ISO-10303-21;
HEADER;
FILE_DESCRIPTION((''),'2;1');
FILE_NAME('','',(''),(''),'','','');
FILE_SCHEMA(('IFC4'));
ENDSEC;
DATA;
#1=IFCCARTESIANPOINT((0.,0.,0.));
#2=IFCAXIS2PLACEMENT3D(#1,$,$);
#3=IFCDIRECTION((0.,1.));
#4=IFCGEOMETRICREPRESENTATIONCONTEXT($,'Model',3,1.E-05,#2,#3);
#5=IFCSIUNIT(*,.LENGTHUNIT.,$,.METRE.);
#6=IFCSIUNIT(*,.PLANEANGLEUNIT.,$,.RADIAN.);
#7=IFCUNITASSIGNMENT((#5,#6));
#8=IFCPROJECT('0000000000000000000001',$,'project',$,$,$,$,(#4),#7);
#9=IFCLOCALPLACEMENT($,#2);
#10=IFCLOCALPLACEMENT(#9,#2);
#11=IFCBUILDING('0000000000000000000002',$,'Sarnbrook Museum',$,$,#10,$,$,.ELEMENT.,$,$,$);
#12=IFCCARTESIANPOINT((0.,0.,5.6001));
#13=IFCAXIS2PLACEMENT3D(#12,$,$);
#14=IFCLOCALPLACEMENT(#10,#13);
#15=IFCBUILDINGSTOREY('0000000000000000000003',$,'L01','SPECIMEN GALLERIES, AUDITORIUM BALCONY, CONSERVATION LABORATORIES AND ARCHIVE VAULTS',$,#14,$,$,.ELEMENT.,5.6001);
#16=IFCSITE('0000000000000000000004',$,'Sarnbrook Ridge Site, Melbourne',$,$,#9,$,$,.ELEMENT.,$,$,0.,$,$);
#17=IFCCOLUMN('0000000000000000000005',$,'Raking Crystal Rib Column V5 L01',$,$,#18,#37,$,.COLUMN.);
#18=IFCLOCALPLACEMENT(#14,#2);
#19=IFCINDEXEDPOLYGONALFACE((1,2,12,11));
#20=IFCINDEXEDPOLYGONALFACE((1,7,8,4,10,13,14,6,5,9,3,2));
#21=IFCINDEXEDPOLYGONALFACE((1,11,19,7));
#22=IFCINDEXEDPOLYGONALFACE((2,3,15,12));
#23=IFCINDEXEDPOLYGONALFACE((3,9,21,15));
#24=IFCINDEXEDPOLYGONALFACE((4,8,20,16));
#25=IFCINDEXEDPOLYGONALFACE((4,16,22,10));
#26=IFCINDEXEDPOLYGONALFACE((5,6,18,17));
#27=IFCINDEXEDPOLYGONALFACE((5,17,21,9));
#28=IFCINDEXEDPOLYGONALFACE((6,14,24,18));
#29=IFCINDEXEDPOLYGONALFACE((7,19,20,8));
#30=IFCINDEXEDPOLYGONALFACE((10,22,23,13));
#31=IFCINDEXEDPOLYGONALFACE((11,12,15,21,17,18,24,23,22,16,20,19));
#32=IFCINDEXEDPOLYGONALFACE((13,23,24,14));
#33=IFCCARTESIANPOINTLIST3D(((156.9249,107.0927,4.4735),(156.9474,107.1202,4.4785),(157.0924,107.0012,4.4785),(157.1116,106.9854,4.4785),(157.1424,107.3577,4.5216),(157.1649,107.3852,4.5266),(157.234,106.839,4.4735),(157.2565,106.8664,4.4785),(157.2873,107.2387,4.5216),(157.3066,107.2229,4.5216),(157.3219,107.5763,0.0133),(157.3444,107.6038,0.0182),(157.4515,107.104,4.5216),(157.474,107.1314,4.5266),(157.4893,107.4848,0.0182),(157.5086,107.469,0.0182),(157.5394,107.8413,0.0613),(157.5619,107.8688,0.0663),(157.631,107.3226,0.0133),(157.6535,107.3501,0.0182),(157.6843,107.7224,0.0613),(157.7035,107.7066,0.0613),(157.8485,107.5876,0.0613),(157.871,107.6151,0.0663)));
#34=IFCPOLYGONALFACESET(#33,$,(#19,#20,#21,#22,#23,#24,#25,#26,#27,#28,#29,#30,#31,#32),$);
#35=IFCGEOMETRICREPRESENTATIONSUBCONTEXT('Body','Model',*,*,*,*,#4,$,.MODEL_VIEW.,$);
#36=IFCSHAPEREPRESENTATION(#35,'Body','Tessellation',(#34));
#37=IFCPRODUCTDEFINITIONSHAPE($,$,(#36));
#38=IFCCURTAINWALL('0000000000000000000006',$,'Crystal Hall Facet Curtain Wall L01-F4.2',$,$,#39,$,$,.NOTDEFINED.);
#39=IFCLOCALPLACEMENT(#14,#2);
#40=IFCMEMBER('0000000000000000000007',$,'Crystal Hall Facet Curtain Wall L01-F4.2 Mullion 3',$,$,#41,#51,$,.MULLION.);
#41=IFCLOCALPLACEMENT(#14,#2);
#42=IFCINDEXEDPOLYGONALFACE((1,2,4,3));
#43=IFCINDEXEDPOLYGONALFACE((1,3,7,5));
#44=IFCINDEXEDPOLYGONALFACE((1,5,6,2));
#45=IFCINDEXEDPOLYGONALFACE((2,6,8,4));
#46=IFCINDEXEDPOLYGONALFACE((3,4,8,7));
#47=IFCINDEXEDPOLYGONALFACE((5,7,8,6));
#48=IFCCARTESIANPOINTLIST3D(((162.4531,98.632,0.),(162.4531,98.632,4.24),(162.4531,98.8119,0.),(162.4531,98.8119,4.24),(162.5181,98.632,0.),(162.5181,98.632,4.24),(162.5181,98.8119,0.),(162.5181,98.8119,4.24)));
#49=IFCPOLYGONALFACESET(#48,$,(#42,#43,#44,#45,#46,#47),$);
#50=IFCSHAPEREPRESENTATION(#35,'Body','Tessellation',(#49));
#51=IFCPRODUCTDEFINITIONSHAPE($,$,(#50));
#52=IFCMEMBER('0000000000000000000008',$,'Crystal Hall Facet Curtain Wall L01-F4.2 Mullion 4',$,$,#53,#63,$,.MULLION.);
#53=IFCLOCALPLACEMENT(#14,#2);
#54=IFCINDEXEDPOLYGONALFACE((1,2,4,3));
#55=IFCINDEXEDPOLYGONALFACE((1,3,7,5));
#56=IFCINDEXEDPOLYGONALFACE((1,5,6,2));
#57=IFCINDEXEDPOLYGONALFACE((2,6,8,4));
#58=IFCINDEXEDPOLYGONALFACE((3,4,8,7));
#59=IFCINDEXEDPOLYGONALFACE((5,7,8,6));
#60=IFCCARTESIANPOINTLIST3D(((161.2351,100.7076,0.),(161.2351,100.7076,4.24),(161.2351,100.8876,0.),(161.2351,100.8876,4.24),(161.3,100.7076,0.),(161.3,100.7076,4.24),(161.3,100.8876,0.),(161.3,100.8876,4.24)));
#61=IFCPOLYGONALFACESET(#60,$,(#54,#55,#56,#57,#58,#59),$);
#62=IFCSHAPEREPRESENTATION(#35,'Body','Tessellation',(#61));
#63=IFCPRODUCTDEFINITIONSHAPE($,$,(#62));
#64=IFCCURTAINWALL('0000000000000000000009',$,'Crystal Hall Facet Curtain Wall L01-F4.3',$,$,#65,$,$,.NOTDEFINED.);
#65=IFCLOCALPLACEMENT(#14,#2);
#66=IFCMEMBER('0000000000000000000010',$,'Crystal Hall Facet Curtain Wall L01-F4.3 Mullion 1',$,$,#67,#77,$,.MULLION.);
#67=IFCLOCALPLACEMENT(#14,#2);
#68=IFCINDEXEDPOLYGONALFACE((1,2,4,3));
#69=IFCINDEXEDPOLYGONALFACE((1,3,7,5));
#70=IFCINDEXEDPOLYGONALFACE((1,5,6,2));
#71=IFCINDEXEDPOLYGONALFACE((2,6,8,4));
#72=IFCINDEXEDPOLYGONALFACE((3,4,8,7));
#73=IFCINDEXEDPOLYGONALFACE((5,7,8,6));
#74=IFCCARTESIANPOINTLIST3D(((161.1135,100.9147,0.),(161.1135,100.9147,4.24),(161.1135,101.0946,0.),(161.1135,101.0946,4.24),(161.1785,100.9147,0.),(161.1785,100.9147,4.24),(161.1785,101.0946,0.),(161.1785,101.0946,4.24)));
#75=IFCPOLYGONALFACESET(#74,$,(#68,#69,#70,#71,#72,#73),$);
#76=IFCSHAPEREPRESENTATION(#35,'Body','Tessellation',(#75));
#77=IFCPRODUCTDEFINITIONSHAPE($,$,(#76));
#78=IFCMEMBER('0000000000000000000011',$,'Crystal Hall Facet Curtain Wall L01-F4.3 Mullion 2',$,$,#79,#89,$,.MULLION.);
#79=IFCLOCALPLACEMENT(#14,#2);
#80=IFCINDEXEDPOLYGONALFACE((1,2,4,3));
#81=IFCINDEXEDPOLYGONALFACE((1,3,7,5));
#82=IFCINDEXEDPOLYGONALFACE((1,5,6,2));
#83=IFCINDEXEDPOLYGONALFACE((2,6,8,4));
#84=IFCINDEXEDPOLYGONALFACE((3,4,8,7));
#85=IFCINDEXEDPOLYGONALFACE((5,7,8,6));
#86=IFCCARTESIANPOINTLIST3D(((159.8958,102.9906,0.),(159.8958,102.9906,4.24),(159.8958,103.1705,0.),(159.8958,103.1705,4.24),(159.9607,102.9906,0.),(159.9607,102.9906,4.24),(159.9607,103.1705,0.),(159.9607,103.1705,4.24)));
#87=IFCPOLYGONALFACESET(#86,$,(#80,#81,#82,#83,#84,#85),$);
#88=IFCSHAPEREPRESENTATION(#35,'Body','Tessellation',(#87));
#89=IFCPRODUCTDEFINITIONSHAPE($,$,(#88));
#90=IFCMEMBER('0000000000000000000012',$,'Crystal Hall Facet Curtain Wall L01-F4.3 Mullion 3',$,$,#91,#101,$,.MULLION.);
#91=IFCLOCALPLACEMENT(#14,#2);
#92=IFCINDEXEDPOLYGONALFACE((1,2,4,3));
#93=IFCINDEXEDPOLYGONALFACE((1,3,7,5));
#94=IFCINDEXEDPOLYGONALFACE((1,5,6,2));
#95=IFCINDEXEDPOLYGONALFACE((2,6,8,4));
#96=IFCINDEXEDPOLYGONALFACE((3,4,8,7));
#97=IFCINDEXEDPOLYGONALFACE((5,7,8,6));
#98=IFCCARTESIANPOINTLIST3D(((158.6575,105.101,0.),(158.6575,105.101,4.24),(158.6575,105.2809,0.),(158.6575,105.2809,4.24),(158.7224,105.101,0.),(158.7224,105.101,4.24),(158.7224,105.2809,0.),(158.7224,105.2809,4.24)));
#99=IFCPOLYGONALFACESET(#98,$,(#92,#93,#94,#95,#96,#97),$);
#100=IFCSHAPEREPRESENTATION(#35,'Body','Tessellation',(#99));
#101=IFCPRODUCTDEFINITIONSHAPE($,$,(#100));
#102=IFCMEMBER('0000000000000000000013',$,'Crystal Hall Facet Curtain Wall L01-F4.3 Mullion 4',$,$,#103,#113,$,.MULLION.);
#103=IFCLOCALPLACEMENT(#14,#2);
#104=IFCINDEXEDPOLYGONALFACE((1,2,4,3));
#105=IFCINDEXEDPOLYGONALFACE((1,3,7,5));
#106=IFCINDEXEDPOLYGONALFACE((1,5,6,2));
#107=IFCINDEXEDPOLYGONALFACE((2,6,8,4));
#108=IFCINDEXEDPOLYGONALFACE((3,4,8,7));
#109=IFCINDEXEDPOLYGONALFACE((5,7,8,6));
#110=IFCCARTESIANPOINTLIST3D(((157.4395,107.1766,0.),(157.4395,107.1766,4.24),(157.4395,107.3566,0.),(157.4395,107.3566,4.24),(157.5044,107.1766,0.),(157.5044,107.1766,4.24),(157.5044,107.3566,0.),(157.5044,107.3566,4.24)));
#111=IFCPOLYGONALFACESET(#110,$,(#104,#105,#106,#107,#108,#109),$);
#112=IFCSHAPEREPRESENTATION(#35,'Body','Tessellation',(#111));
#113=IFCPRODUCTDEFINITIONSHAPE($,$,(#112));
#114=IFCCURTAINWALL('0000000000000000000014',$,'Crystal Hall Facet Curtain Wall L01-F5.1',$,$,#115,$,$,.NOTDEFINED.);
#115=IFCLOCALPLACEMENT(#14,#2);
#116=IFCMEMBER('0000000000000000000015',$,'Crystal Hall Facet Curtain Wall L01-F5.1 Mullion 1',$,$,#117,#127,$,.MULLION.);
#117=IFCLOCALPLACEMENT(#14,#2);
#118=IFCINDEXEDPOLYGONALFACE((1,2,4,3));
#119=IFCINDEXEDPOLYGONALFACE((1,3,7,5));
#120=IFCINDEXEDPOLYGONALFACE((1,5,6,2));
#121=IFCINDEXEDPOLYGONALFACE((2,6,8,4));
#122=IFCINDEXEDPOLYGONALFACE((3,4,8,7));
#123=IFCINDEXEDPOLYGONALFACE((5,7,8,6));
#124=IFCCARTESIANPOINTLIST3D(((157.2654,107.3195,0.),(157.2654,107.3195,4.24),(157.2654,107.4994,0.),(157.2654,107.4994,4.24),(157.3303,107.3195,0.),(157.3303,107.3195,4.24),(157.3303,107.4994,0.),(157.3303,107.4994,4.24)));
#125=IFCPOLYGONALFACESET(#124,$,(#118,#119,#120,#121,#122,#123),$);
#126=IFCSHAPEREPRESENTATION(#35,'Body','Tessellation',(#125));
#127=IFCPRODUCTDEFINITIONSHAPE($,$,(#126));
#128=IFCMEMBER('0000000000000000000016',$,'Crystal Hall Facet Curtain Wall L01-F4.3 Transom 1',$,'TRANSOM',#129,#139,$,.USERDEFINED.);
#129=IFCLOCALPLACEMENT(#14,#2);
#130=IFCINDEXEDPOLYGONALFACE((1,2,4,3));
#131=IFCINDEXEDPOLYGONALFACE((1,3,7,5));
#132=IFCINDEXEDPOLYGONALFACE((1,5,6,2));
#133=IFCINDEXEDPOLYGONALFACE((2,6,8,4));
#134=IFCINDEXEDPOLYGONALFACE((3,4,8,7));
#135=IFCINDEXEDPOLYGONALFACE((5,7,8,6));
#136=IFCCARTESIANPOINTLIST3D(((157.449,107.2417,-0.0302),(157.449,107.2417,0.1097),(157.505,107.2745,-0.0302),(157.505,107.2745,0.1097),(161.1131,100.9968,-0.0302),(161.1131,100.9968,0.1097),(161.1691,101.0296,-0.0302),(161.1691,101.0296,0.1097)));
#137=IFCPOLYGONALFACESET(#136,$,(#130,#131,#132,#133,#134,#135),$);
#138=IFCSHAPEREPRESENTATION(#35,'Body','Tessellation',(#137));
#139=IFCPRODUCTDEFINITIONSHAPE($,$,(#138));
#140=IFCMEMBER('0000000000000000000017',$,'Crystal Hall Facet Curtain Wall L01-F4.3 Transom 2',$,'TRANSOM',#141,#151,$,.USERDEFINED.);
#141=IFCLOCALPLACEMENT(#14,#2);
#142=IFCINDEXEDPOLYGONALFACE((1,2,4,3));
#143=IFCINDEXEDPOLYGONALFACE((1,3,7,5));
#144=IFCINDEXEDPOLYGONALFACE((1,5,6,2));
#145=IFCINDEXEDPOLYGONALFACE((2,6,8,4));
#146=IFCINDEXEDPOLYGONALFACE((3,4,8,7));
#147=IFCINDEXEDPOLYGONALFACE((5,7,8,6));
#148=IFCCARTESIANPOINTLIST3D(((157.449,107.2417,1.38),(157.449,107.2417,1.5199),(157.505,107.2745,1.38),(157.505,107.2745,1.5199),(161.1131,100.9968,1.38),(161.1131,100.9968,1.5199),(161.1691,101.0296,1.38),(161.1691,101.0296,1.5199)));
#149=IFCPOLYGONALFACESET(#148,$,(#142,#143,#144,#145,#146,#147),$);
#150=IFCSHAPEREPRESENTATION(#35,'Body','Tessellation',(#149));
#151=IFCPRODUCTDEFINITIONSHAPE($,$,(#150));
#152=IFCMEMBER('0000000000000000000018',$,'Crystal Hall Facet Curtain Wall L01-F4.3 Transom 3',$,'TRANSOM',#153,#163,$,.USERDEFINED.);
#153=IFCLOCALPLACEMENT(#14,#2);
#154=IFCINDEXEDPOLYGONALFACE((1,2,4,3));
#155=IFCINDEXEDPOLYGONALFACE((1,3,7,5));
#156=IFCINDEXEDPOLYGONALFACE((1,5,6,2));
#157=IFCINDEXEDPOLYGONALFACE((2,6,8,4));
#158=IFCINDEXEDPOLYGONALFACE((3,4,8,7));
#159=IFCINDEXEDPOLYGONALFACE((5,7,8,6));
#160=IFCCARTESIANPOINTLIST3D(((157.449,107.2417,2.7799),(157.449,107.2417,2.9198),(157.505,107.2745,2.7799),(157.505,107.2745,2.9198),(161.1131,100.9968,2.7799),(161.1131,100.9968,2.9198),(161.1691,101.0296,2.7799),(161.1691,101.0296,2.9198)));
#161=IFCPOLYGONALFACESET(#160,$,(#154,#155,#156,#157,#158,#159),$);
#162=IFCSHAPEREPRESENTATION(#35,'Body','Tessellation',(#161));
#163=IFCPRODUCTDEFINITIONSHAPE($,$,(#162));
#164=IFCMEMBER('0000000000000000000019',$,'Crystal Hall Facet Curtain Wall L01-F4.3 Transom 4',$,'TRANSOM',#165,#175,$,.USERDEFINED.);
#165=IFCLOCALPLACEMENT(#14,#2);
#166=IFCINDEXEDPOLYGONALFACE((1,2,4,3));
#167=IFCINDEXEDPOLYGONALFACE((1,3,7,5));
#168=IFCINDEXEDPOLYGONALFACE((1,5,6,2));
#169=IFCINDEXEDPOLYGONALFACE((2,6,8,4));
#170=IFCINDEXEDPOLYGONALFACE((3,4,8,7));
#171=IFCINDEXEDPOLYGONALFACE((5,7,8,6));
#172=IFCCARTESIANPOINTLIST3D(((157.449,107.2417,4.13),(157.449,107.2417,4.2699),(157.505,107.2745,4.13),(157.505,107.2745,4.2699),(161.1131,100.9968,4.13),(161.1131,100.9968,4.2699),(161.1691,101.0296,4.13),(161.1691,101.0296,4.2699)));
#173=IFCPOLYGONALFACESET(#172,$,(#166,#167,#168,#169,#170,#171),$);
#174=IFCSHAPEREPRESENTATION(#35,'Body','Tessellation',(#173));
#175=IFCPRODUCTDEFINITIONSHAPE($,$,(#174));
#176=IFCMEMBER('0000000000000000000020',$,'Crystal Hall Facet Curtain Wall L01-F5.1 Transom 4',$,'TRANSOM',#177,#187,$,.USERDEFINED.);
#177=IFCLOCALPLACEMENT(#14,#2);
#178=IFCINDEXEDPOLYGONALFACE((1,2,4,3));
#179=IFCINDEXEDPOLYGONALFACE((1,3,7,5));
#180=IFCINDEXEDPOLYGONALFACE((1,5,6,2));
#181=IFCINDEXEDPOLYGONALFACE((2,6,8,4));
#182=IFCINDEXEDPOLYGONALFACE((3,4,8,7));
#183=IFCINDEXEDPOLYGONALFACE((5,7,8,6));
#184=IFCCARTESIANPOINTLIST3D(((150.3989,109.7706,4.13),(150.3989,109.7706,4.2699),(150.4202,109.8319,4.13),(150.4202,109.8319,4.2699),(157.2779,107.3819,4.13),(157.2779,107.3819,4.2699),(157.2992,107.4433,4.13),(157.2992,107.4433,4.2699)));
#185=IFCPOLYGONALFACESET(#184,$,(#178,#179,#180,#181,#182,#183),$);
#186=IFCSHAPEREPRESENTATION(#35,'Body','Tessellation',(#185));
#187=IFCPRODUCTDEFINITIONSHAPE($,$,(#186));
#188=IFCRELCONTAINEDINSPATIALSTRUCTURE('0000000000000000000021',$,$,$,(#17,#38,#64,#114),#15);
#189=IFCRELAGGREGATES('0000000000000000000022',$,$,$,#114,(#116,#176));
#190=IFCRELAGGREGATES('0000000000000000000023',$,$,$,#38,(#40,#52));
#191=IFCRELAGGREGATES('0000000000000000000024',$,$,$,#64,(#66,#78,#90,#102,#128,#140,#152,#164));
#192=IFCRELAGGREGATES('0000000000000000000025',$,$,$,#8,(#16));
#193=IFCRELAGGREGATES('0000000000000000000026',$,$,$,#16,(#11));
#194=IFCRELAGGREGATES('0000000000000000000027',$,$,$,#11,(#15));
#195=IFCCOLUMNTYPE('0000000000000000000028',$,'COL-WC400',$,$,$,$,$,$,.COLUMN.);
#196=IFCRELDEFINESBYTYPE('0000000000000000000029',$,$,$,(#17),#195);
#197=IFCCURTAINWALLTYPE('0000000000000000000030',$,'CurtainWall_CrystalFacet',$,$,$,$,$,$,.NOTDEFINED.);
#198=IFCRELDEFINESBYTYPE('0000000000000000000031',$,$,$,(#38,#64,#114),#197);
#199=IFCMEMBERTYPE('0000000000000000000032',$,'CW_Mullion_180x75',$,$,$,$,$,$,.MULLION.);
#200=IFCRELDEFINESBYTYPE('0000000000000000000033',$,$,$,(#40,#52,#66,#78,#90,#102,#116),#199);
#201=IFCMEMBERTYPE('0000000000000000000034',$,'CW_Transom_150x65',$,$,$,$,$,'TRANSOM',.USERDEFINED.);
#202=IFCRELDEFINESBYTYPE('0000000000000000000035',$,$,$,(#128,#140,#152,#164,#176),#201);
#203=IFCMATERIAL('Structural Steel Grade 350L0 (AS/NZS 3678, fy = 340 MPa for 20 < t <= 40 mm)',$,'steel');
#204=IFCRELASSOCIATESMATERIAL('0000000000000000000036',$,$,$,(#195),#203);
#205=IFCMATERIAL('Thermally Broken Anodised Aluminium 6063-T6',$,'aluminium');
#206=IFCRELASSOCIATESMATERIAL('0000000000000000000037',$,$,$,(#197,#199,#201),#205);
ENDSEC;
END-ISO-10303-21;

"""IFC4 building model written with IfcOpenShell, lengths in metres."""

from ifc_helpers import new_model, si_unit, direction, frame, origin, origin_2d, place, context, subcontext, project, spatial, rectangle, i_section, extrude, material, material_profile, profile_set, type_object, element, aggregate, save


model = new_model("IFC4")

# Units and contexts
model_context = context("Model", 3, precision=1e-05, world=origin(), true_north=direction((0.0, 1.0)))
body_context = subcontext(model_context, "Body", "Model", "MODEL_VIEW")
ifc_project = project(units=[si_unit("LENGTHUNIT", "METRE"), si_unit("PLANEANGLEUNIT", "RADIAN")], contexts=[model_context])

# Site, building, storey
site_placement = place(None, origin())
site = spatial("IfcSite", under=ifc_project, at=site_placement, Name="Sarnbrook Ridge Site, Melbourne", CompositionType="ELEMENT", RefElevation=0.0)
building_placement = place(site_placement, origin())
building = spatial("IfcBuilding", under=site, at=building_placement, Name="Sarnbrook Museum", CompositionType="ELEMENT")
storey_placement = place(building_placement, frame((0.0, 0.0, 5.6001)))
storey = spatial("IfcBuildingStorey", under=building, at=storey_placement, Name="L01", Description="SPECIMEN GALLERIES, AUDITORIUM BALCONY, CONSERVATION LABORATORIES AND ARCHIVE VAULTS", CompositionType="ELEMENT", Elevation=5.6001)

# Column
ifc_material_1 = material(Name="Structural Steel Grade 350L0 (AS/NZS 3678, fy = 340 MPa for 20 < t <= 40 mm)", Category="steel")
ifc_material_profile_1 = material_profile(ifc_material_1, i_section(OverallWidth=0.3999, OverallDepth=0.3821, WebThickness=0.0249, FlangeThickness=0.0359, at=origin_2d()), Name="400WC270")
ifc_profile_set_1 = profile_set([ifc_material_profile_1], Name="Structural Steel Grade 350L0 (AS/NZS 3678, fy = 340 MPa for 20 < t <= 40 mm)")
column_type = type_object("IfcColumnType", Name="COL-WC400", PredefinedType="COLUMN", material=ifc_profile_set_1)
column_placement = place(storey_placement, frame((157.5964, 107.5957, 0.0398), z_axis=(-0.08814, -0.107384, 0.990303), x_axis=(0.772965, -0.634448, 0.0)))
element("IfcColumn", 1, at=column_placement, inside=storey, type_object=column_type, Name="Raking Crystal Rib Column V5 L01", PredefinedType="COLUMN", context=body_context, shape_type="SweptSolid", body=[
    extrude(i_section(OverallWidth=0.3999, OverallDepth=0.3821, WebThickness=0.0249, FlangeThickness=0.0359, at=origin_2d()), origin(), (0.0, 0.0, 1.0), 4.5039),
])

# Curtain walls, members
ifc_material_2 = material(Name="Thermally Broken Anodised Aluminium 6063-T6", Category="aluminium")
curtain_wall_type = type_object("IfcCurtainWallType", Name="CurtainWall_CrystalFacet", PredefinedType="NOTDEFINED", material=ifc_material_2)
curtain_wall_1_placement = place(storey_placement, origin())
curtain_wall_1 = element("IfcCurtainWall", 2, at=curtain_wall_1_placement, inside=storey, type_object=curtain_wall_type, Name="Crystal Hall Facet Curtain Wall L01-F4.2", PredefinedType="NOTDEFINED")
ifc_material_profile_2 = material_profile(ifc_material_2, rectangle(XDim=0.0649, YDim=0.1799, at=origin_2d()), Name="ALU MULLION 65x180")
ifc_profile_set_2 = profile_set([ifc_material_profile_2], Name="Thermally Broken Anodised Aluminium 6063-T6")
member_type_1 = type_object("IfcMemberType", Name="CW_Mullion_180x75", PredefinedType="MULLION", material=ifc_profile_set_2)
member_1_placement = place(storey_placement, frame((162.4856, 98.7219, 0.0), z_axis=(0.0, 0.0, 1.0), x_axis=(1.0, 0.0, 0.0)))
member_1 = element("IfcMember", 3, at=member_1_placement, type_object=member_type_1, Name="Crystal Hall Facet Curtain Wall L01-F4.2 Mullion 3", PredefinedType="MULLION", context=body_context, shape_type="SweptSolid", body=[
    extrude(rectangle(XDim=0.0649, YDim=0.1799, at=origin_2d()), origin(), (0.0, 0.0, 1.0), 4.24),
])
member_2_placement = place(storey_placement, frame((161.2676, 100.7976, 0.0), z_axis=(0.0, 0.0, 1.0), x_axis=(1.0, 0.0, 0.0)))
member_2 = element("IfcMember", 4, at=member_2_placement, type_object=member_type_1, Name="Crystal Hall Facet Curtain Wall L01-F4.2 Mullion 4", PredefinedType="MULLION", context=body_context, shape_type="SweptSolid", body=[
    extrude(rectangle(XDim=0.0649, YDim=0.1799, at=origin_2d()), origin(), (0.0, 0.0, 1.0), 4.24),
])
curtain_wall_2_placement = place(storey_placement, origin())
curtain_wall_2 = element("IfcCurtainWall", 5, at=curtain_wall_2_placement, inside=storey, type_object=curtain_wall_type, Name="Crystal Hall Facet Curtain Wall L01-F4.3", PredefinedType="NOTDEFINED")
member_3_placement = place(storey_placement, frame((161.146, 101.0046, 0.0), z_axis=(0.0, 0.0, 1.0), x_axis=(1.0, 0.0, 0.0)))
member_3 = element("IfcMember", 6, at=member_3_placement, type_object=member_type_1, Name="Crystal Hall Facet Curtain Wall L01-F4.3 Mullion 1", PredefinedType="MULLION", context=body_context, shape_type="SweptSolid", body=[
    extrude(rectangle(XDim=0.0649, YDim=0.1799, at=origin_2d()), origin(), (0.0, 0.0, 1.0), 4.24),
])
member_4_placement = place(storey_placement, frame((159.9282, 103.0806, 0.0), z_axis=(0.0, 0.0, 1.0), x_axis=(1.0, 0.0, 0.0)))
member_4 = element("IfcMember", 7, at=member_4_placement, type_object=member_type_1, Name="Crystal Hall Facet Curtain Wall L01-F4.3 Mullion 2", PredefinedType="MULLION", context=body_context, shape_type="SweptSolid", body=[
    extrude(rectangle(XDim=0.0649, YDim=0.1799, at=origin_2d()), origin(), (0.0, 0.0, 1.0), 4.24),
])
member_5_placement = place(storey_placement, frame((158.6899, 105.1909, 0.0), z_axis=(0.0, 0.0, 1.0), x_axis=(1.0, 0.0, 0.0)))
member_5 = element("IfcMember", 8, at=member_5_placement, type_object=member_type_1, Name="Crystal Hall Facet Curtain Wall L01-F4.3 Mullion 3", PredefinedType="MULLION", context=body_context, shape_type="SweptSolid", body=[
    extrude(rectangle(XDim=0.0649, YDim=0.1799, at=origin_2d()), origin(), (0.0, 0.0, 1.0), 4.24),
])
member_6_placement = place(storey_placement, frame((157.4719, 107.2666, 0.0), z_axis=(0.0, 0.0, 1.0), x_axis=(1.0, 0.0, 0.0)))
member_6 = element("IfcMember", 9, at=member_6_placement, type_object=member_type_1, Name="Crystal Hall Facet Curtain Wall L01-F4.3 Mullion 4", PredefinedType="MULLION", context=body_context, shape_type="SweptSolid", body=[
    extrude(rectangle(XDim=0.0649, YDim=0.1799, at=origin_2d()), origin(), (0.0, 0.0, 1.0), 4.24),
])

# Curtain wall, member
curtain_wall_3_placement = place(storey_placement, origin())
curtain_wall_3 = element("IfcCurtainWall", 10, at=curtain_wall_3_placement, inside=storey, type_object=curtain_wall_type, Name="Crystal Hall Facet Curtain Wall L01-F5.1", PredefinedType="NOTDEFINED")
member_7_placement = place(storey_placement, frame((157.2979, 107.4094, 0.0), z_axis=(0.0, 0.0, 1.0), x_axis=(1.0, 0.0, 0.0)))
member_7 = element("IfcMember", 11, at=member_7_placement, type_object=member_type_1, Name="Crystal Hall Facet Curtain Wall L01-F5.1 Mullion 1", PredefinedType="MULLION", context=body_context, shape_type="SweptSolid", body=[
    extrude(rectangle(XDim=0.0649, YDim=0.1799, at=origin_2d()), origin(), (0.0, 0.0, 1.0), 4.24),
])

# Members
ifc_material_profile_3 = material_profile(ifc_material_2, rectangle(XDim=0.0649, YDim=0.1399, at=origin_2d()), Name="ALU TRANSOM 65x140")
ifc_profile_set_3 = profile_set([ifc_material_profile_3], Name="Thermally Broken Anodised Aluminium 6063-T6")
member_type_2 = type_object("IfcMemberType", Name="CW_Transom_150x65", ElementType="TRANSOM", PredefinedType="USERDEFINED", material=ifc_profile_set_3)
member_8_placement = place(storey_placement, frame((161.1411, 101.0132, 0.0398), z_axis=(-0.506056, 0.862501, 0.0), x_axis=(-0.862501, -0.506056, 0.0)))
member_8 = element("IfcMember", 12, at=member_8_placement, type_object=member_type_2, Name="Crystal Hall Facet Curtain Wall L01-F4.3 Transom 1", ObjectType="TRANSOM", PredefinedType="USERDEFINED", context=body_context, shape_type="SweptSolid", body=[
    extrude(rectangle(XDim=0.0649, YDim=0.1399, at=origin_2d()), origin(), (0.0, 0.0, 1.0), 7.2405),
])
member_9_placement = place(storey_placement, frame((161.1411, 101.0132, 1.45), z_axis=(-0.506056, 0.862501, 0.0), x_axis=(-0.862501, -0.506056, 0.0)))
member_9 = element("IfcMember", 13, at=member_9_placement, type_object=member_type_2, Name="Crystal Hall Facet Curtain Wall L01-F4.3 Transom 2", ObjectType="TRANSOM", PredefinedType="USERDEFINED", context=body_context, shape_type="SweptSolid", body=[
    extrude(rectangle(XDim=0.0649, YDim=0.1399, at=origin_2d()), origin(), (0.0, 0.0, 1.0), 7.2405),
])
member_10_placement = place(storey_placement, frame((161.1411, 101.0132, 2.8499), z_axis=(-0.506056, 0.862501, 0.0), x_axis=(-0.862501, -0.506056, 0.0)))
member_10 = element("IfcMember", 14, at=member_10_placement, type_object=member_type_2, Name="Crystal Hall Facet Curtain Wall L01-F4.3 Transom 3", ObjectType="TRANSOM", PredefinedType="USERDEFINED", context=body_context, shape_type="SweptSolid", body=[
    extrude(rectangle(XDim=0.0649, YDim=0.1399, at=origin_2d()), origin(), (0.0, 0.0, 1.0), 7.2405),
])
member_11_placement = place(storey_placement, frame((161.1411, 101.0132, 4.2), z_axis=(-0.506056, 0.862501, 0.0), x_axis=(-0.862501, -0.506056, 0.0)))
member_11 = element("IfcMember", 15, at=member_11_placement, type_object=member_type_2, Name="Crystal Hall Facet Curtain Wall L01-F4.3 Transom 4", ObjectType="TRANSOM", PredefinedType="USERDEFINED", context=body_context, shape_type="SweptSolid", body=[
    extrude(rectangle(XDim=0.0649, YDim=0.1399, at=origin_2d()), origin(), (0.0, 0.0, 1.0), 7.2405),
])
member_12_placement = place(storey_placement, frame((157.2886, 107.4126, 4.2), z_axis=(-0.94467, 0.328021, 0.0), x_axis=(-0.328021, -0.94467, 0.0)))
member_12 = element("IfcMember", 16, at=member_12_placement, type_object=member_type_2, Name="Crystal Hall Facet Curtain Wall L01-F5.1 Transom 4", ObjectType="TRANSOM", PredefinedType="USERDEFINED", context=body_context, shape_type="SweptSolid", body=[
    extrude(rectangle(XDim=0.0649, YDim=0.1399, at=origin_2d()), origin(), (0.0, 0.0, 1.0), 7.282),
])
aggregate(curtain_wall_3, [member_7, member_12])

aggregate(curtain_wall_1, [member_1, member_2])
aggregate(curtain_wall_2, [member_3, member_4, member_5, member_6, member_8, member_9, member_10, member_11])

save(model, "model.ifc")
